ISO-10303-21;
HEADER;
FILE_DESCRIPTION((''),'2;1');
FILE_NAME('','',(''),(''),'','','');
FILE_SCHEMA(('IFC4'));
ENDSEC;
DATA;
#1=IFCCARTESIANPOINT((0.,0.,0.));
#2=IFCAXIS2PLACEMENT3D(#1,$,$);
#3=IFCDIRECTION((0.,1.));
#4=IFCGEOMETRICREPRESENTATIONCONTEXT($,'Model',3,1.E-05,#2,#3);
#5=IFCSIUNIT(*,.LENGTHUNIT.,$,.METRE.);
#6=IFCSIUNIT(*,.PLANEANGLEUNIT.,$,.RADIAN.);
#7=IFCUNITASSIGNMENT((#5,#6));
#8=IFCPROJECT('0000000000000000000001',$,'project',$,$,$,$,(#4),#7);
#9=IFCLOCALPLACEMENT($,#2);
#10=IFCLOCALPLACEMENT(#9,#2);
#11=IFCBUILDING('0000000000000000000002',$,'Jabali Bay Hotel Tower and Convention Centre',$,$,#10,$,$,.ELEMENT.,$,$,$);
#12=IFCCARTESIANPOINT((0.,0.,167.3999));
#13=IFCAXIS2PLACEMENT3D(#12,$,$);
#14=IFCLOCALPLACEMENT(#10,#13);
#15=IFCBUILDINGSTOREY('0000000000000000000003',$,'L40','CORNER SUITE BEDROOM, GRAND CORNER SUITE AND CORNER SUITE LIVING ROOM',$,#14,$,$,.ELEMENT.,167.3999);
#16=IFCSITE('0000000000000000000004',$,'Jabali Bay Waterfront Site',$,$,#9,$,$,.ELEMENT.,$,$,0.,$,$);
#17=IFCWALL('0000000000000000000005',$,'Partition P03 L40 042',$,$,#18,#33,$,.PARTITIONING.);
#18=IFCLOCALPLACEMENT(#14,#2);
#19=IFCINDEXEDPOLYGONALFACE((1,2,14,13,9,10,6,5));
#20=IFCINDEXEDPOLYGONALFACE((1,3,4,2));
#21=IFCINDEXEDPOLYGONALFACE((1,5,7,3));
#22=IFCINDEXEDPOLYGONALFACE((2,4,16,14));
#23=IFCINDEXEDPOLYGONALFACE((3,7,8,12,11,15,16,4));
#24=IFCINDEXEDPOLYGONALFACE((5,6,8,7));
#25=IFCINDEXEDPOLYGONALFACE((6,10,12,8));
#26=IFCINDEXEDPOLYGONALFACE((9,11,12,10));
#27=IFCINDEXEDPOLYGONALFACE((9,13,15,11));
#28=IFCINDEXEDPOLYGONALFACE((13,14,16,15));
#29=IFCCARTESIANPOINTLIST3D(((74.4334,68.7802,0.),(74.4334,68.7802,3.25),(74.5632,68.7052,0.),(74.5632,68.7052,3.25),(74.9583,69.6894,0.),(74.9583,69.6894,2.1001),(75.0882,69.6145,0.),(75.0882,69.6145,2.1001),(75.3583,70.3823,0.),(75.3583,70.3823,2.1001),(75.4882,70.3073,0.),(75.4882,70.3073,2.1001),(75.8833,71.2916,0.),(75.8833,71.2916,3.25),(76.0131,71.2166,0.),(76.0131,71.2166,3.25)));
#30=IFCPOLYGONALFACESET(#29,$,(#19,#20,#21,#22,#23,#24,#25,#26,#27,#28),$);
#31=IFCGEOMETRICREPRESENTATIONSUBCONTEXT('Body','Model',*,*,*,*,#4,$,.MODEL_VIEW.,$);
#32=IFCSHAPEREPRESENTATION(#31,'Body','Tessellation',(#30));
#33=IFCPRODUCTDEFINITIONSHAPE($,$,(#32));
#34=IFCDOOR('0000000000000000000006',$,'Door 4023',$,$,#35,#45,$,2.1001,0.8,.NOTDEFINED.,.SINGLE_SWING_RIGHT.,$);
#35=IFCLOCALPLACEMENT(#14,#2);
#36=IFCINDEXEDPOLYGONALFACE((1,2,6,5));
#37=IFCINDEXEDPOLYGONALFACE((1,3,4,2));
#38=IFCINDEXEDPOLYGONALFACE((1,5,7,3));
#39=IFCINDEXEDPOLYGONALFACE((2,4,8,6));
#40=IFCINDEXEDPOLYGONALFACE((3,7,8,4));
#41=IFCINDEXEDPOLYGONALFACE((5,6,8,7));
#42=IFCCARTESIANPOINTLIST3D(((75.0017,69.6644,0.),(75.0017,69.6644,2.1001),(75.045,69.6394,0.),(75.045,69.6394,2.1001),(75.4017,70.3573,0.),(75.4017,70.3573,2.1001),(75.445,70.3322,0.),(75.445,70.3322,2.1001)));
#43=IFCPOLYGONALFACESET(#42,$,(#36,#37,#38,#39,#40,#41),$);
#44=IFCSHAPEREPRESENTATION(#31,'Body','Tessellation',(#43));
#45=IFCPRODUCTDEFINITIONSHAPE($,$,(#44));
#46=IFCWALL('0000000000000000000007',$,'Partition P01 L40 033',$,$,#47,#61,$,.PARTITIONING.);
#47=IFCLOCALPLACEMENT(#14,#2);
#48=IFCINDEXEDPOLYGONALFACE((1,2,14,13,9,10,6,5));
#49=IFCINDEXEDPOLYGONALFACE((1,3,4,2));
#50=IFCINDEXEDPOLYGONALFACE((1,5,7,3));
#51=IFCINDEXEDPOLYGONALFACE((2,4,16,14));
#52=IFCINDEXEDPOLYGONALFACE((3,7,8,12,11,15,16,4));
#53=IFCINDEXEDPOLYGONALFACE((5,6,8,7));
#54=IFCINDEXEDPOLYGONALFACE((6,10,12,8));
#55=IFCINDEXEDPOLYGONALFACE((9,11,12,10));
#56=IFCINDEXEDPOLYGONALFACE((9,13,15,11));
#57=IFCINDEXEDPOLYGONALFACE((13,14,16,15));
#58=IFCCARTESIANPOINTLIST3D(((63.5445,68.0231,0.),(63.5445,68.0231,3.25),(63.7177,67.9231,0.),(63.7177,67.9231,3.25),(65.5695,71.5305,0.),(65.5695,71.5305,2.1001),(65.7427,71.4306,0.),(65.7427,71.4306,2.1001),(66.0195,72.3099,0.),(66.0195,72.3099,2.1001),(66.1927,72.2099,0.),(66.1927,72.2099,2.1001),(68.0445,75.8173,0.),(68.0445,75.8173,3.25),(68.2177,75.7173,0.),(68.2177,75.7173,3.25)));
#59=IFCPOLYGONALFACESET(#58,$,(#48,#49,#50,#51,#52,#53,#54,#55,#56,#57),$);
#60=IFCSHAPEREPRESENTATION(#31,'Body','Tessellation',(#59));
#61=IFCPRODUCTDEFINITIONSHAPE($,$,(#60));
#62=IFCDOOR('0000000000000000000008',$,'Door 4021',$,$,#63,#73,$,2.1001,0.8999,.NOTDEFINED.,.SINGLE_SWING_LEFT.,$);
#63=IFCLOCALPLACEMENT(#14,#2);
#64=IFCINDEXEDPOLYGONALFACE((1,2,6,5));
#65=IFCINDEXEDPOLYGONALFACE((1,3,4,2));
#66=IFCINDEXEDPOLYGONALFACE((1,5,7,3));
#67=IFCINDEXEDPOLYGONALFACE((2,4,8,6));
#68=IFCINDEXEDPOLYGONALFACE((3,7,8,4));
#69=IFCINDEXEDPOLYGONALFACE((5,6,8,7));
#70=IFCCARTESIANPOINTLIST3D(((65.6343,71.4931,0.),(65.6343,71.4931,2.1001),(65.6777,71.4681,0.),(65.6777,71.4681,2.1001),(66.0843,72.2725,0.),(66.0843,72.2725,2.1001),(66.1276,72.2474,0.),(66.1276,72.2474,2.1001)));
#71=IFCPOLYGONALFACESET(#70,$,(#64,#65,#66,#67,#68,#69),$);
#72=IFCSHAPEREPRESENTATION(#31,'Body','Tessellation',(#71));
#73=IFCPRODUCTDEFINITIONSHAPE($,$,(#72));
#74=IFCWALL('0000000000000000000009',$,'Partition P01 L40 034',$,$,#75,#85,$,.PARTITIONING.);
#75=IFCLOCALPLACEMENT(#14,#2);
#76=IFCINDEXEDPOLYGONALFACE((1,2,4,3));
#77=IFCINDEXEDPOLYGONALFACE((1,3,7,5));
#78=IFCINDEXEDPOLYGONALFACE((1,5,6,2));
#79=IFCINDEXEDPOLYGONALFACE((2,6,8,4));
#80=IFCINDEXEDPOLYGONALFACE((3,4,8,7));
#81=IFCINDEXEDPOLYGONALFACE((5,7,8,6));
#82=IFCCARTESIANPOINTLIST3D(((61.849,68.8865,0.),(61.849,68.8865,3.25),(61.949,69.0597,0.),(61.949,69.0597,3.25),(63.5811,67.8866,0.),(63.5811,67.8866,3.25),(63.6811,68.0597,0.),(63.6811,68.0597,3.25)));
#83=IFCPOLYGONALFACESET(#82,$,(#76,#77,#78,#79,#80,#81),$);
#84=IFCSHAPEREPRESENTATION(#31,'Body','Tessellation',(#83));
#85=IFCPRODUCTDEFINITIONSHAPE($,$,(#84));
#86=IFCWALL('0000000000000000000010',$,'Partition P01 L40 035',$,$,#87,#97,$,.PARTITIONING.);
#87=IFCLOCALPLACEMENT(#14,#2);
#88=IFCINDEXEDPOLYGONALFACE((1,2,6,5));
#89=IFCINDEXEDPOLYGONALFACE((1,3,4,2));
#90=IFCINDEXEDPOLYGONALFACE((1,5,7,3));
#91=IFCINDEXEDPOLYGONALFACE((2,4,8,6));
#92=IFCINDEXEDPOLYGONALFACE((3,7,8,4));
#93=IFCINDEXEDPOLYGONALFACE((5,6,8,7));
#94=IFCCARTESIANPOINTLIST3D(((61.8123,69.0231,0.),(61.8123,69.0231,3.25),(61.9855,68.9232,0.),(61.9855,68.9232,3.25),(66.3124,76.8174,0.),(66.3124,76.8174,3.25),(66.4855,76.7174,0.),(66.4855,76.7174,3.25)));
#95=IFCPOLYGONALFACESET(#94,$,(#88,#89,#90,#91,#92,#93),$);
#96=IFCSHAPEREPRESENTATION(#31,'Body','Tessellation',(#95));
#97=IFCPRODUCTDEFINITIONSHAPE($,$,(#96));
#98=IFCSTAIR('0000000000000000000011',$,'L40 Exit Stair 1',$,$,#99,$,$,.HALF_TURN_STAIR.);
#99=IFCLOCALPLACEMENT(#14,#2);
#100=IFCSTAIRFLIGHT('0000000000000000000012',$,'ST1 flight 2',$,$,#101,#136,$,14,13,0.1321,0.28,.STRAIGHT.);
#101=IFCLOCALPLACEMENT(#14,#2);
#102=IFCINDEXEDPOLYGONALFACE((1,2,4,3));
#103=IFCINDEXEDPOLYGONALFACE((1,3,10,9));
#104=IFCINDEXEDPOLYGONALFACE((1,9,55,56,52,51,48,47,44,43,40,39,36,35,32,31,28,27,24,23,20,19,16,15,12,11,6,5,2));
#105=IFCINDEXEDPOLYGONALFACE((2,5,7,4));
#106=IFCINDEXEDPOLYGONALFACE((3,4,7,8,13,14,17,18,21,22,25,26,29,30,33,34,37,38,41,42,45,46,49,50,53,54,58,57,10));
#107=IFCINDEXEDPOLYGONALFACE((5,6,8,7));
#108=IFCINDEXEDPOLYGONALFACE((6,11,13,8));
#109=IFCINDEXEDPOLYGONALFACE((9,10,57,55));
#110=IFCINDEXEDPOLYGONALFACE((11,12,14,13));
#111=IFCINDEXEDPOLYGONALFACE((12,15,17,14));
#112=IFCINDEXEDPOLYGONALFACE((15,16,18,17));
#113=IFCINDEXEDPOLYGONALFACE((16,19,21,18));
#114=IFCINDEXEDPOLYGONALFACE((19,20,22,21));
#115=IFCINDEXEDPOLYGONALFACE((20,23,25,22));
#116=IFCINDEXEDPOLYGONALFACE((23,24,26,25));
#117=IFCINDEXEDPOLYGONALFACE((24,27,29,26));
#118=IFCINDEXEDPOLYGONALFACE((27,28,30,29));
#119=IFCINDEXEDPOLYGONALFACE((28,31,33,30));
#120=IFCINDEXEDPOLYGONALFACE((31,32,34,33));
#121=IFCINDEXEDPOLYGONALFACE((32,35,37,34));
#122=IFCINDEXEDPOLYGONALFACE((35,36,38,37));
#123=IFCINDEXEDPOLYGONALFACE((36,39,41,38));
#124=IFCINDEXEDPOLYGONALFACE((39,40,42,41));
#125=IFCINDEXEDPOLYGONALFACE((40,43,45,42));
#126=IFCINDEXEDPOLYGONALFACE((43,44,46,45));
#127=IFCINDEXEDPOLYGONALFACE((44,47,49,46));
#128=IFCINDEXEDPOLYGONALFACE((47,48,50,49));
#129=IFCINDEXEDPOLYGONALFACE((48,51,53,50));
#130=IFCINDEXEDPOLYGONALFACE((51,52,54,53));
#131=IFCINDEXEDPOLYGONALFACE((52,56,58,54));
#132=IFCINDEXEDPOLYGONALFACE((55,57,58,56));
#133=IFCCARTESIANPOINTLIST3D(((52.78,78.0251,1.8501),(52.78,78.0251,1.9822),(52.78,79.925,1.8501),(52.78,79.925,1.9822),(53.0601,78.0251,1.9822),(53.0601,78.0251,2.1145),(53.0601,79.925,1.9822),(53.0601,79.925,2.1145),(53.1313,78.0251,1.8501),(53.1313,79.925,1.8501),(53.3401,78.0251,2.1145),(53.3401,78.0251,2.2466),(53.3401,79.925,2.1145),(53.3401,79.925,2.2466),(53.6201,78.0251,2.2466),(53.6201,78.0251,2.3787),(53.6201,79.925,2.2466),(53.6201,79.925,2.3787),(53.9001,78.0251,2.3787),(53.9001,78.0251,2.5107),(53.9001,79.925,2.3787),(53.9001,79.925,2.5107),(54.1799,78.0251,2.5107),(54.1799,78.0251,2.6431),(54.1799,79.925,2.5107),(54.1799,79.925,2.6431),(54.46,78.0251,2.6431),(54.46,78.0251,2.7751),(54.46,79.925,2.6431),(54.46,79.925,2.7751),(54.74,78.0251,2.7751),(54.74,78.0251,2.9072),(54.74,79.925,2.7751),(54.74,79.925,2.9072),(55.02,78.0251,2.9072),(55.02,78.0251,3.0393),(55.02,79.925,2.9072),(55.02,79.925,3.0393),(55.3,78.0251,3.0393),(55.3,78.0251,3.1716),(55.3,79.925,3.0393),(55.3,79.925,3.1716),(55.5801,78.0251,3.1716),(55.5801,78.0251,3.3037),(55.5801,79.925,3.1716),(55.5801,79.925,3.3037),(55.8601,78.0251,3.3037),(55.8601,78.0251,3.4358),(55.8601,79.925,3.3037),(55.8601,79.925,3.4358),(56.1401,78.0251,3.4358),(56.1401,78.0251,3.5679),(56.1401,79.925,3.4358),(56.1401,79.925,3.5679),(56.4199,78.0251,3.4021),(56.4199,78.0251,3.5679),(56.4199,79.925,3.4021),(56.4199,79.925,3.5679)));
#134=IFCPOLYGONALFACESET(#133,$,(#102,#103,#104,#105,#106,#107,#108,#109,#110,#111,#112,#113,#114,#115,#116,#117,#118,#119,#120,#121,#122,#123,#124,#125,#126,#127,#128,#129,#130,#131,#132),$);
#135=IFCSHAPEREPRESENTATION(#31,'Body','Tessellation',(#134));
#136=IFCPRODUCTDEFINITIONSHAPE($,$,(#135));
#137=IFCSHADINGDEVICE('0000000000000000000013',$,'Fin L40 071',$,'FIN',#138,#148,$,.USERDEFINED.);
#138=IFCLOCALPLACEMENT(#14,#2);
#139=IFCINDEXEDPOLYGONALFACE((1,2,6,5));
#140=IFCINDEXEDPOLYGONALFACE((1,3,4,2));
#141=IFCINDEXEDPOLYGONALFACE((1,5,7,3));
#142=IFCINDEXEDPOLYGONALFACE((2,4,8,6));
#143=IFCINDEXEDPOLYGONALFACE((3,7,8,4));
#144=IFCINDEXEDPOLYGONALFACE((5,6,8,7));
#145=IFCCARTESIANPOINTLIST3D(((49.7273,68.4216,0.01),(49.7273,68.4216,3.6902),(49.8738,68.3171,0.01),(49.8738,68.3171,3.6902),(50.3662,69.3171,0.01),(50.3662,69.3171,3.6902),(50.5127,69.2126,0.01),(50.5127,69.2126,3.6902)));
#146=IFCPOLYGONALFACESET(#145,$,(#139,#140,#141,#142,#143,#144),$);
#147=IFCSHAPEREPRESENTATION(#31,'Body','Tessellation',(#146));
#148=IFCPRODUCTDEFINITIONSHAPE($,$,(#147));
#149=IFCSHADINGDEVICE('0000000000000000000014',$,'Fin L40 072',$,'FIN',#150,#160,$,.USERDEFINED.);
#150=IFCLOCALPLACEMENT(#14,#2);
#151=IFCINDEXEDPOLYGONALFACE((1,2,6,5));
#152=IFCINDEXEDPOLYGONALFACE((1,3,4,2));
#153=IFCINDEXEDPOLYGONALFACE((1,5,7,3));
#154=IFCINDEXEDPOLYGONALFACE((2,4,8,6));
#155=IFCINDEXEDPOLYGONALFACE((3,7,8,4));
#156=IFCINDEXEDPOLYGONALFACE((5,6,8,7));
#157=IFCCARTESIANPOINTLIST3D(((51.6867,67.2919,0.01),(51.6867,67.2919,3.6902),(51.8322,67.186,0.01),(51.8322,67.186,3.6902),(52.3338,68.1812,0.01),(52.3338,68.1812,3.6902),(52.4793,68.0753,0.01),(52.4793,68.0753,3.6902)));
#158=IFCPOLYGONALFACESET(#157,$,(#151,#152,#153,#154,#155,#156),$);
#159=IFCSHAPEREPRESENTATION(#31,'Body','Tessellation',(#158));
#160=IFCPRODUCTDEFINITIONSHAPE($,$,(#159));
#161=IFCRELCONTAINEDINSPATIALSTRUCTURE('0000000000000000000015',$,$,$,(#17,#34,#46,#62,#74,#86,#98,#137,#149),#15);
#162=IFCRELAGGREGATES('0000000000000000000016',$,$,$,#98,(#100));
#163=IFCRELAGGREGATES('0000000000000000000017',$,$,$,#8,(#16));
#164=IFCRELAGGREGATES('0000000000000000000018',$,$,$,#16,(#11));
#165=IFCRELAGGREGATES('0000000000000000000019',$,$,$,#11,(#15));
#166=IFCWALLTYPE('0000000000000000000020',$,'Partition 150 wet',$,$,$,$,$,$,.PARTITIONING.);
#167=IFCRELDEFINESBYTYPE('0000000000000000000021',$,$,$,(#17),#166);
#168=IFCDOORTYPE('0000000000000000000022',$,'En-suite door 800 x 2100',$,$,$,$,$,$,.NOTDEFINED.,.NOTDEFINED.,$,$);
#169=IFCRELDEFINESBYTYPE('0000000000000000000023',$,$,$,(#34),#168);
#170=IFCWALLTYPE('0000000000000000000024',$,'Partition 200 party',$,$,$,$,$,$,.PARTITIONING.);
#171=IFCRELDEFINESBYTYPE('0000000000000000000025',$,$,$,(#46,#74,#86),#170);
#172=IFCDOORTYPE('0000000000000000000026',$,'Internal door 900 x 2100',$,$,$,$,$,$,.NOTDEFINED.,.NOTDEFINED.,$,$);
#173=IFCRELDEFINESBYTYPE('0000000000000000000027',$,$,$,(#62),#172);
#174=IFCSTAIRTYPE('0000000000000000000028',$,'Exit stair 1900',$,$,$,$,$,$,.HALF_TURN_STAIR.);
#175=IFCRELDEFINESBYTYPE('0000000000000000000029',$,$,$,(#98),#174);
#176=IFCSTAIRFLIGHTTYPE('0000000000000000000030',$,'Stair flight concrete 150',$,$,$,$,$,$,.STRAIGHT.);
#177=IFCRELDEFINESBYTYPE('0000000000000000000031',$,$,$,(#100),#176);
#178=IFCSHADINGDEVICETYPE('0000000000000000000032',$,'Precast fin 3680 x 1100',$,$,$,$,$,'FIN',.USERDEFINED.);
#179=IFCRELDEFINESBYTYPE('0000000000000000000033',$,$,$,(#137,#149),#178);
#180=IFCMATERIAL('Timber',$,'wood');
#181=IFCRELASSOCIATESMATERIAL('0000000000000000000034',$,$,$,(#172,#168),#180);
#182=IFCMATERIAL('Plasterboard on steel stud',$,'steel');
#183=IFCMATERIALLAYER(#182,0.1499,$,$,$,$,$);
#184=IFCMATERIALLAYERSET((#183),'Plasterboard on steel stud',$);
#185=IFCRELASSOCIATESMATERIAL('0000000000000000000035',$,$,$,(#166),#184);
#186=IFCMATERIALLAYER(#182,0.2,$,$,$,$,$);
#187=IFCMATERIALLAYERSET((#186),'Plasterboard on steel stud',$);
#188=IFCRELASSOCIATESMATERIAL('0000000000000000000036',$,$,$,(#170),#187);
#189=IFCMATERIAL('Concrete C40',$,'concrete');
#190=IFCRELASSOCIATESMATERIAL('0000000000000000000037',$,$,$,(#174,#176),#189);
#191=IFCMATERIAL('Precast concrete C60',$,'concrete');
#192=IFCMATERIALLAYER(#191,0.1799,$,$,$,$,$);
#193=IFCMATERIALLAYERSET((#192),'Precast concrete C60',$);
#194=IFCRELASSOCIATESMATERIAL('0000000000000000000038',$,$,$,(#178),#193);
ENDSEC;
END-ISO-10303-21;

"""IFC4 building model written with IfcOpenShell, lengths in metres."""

from ifc_helpers import new_model, si_unit, direction, frame, frame_2d, origin, place, context, subcontext, project, spatial, polyline, rectangle, outline, extrude, material, layer, layer_set, type_object, element, fill, aggregate, save


model = new_model("IFC4")

# Units and contexts
model_context = context("Model", 3, precision=1e-05, world=origin(), true_north=direction((0.0, 1.0)))
body_context = subcontext(model_context, "Body", "Model", "MODEL_VIEW")
ifc_project = project(units=[si_unit("LENGTHUNIT", "METRE"), si_unit("PLANEANGLEUNIT", "RADIAN")], contexts=[model_context])

# Site, building, storey
site_placement = place(None, origin())
site = spatial("IfcSite", under=ifc_project, at=site_placement, Name="Jabali Bay Waterfront Site", CompositionType="ELEMENT", RefElevation=0.0)
building_placement = place(site_placement, origin())
building = spatial("IfcBuilding", under=site, at=building_placement, Name="Jabali Bay Hotel Tower and Convention Centre", CompositionType="ELEMENT")
storey_placement = place(building_placement, frame((0.0, 0.0, 167.3999)))
storey = spatial("IfcBuildingStorey", under=building, at=storey_placement, Name="L40", Description="CORNER SUITE BEDROOM, GRAND CORNER SUITE AND CORNER SUITE LIVING ROOM", CompositionType="ELEMENT", Elevation=167.3999)

# Shared definitions
ifc_material_1 = material(Name="Concrete C40", Category="concrete")

# Shared definitions
ifc_material_2 = material(Name="Timber", Category="wood")

# Walls, openings, doors
ifc_material_3 = material(Name="Plasterboard on steel stud", Category="steel")
door_type_1 = type_object("IfcDoorType", Name="Internal door 900 x 2100", OperationType="NOTDEFINED", PredefinedType="NOTDEFINED", material=ifc_material_2)
ifc_layer_1 = layer(ifc_material_3, 0.1499)
ifc_layer_set_1 = layer_set([ifc_layer_1], Name="Plasterboard on steel stud")
wall_type_1 = type_object("IfcWallType", Name="Partition 150 wet", PredefinedType="PARTITIONING", material=ifc_layer_set_1)
wall_1_placement = place(storey_placement, frame((74.4983, 68.7427, 0.0), z_axis=(0.0, 0.0, 1.0), x_axis=(0.499987, 0.866033, 0.0)))
wall_1 = element("IfcWall", 1, at=wall_1_placement, inside=storey, type_object=wall_type_1, Name="Partition P03 L40 042", PredefinedType="PARTITIONING", context=body_context, shape_type="SweptSolid", body=[
    extrude(rectangle(XDim=2.8999, YDim=0.1499, at=frame_2d((1.45, 0.0))), origin(), (0.0, 0.0, 1.0), 3.25),
])
opening_1_placement = place(wall_1_placement, frame((1.05, 0.0, 0.0)))
opening_1 = element("IfcOpeningElement", 2, at=opening_1_placement, cuts=wall_1, PredefinedType="OPENING", context=body_context, shape_type="SweptSolid", body=[
    extrude(rectangle(XDim=0.8, YDim=2.1001, at=frame_2d((0.3999, 1.05))), frame((0.0, 0.0854, 0.0), z_axis=(0.0, -1.0, 0.0), x_axis=(1.0, 0.0, 0.0)), (0.0, 0.0, 1.0), 0.1709),
])
door_type_2 = type_object("IfcDoorType", Name="En-suite door 800 x 2100", OperationType="NOTDEFINED", PredefinedType="NOTDEFINED", material=ifc_material_2)
door_1_placement = place(opening_1_placement, origin())
door_1 = element("IfcDoor", 3, at=door_1_placement, inside=storey, type_object=door_type_2, Name="Door 4023", OperationType="SINGLE_SWING_RIGHT", OverallHeight=2.1001, OverallWidth=0.8, PredefinedType="NOTDEFINED", context=body_context, shape_type="SweptSolid", body=[
    extrude(rectangle(XDim=0.8, YDim=2.1001, at=frame_2d((0.3999, 1.05))), frame((0.0, 0.0249, 0.0), z_axis=(0.0, -1.0, 0.0), x_axis=(1.0, 0.0, 0.0)), (0.0, 0.0, 1.0), 0.05),
])
fill(opening_1, door_1)
ifc_layer_2 = layer(ifc_material_3, 0.2)
ifc_layer_set_2 = layer_set([ifc_layer_2], Name="Plasterboard on steel stud")
wall_type_2 = type_object("IfcWallType", Name="Partition 200 party", PredefinedType="PARTITIONING", material=ifc_layer_set_2)
wall_2_placement = place(storey_placement, frame((68.1311, 75.7673, 0.0), z_axis=(0.0, 0.0, 1.0), x_axis=(-0.500002, -0.866024, 0.0)))
wall_2 = element("IfcWall", 4, at=wall_2_placement, inside=storey, type_object=wall_type_2, Name="Partition P01 L40 033", PredefinedType="PARTITIONING", context=body_context, shape_type="SweptSolid", body=[
    extrude(rectangle(XDim=9.0, YDim=0.2, at=frame_2d((4.5, 0.0))), origin(), (0.0, 0.0, 1.0), 3.25),
])
opening_2_placement = place(wall_2_placement, frame((4.05, 0.0, 0.0)))
opening_2 = element("IfcOpeningElement", 5, at=opening_2_placement, cuts=wall_2, PredefinedType="OPENING", context=body_context, shape_type="SweptSolid", body=[
    extrude(rectangle(XDim=0.8999, YDim=2.1001, at=frame_2d((0.45, 1.05))), frame((0.0, 0.1104, 0.0), z_axis=(0.0, -1.0, 0.0), x_axis=(1.0, 0.0, 0.0)), (0.0, 0.0, 1.0), 0.2209),
])
door_2_placement = place(opening_2_placement, origin())
door_2 = element("IfcDoor", 6, at=door_2_placement, inside=storey, type_object=door_type_1, Name="Door 4021", OperationType="SINGLE_SWING_LEFT", OverallHeight=2.1001, OverallWidth=0.8999, PredefinedType="NOTDEFINED", context=body_context, shape_type="SweptSolid", body=[
    extrude(rectangle(XDim=0.8999, YDim=2.1001, at=frame_2d((0.45, 1.05))), frame((0.0, 0.0249, 0.0), z_axis=(0.0, -1.0, 0.0), x_axis=(1.0, 0.0, 0.0)), (0.0, 0.0, 1.0), 0.05),
])
fill(opening_2, door_2)

# Walls
wall_3_placement = place(storey_placement, frame((63.6311, 67.9731, 0.0), z_axis=(0.0, 0.0, 1.0), x_axis=(-0.866041, 0.499973, 0.0)))
element("IfcWall", 7, at=wall_3_placement, inside=storey, type_object=wall_type_2, Name="Partition P01 L40 034", PredefinedType="PARTITIONING", context=body_context, shape_type="SweptSolid", body=[
    extrude(rectangle(XDim=2.0, YDim=0.2, at=frame_2d((1.0, 0.0))), origin(), (0.0, 0.0, 1.0), 3.25),
])
wall_4_placement = place(storey_placement, frame((61.8989, 68.9731, 0.0), z_axis=(0.0, 0.0, 1.0), x_axis=(0.500002, 0.866024, 0.0)))
element("IfcWall", 8, at=wall_4_placement, inside=storey, type_object=wall_type_2, Name="Partition P01 L40 035", PredefinedType="PARTITIONING", context=body_context, shape_type="SweptSolid", body=[
    extrude(rectangle(XDim=9.0, YDim=0.2, at=frame_2d((4.5, 0.0))), origin(), (0.0, 0.0, 1.0), 3.25),
])

# Stair, stair flight
stair_type = type_object("IfcStairType", Name="Exit stair 1900", PredefinedType="HALF_TURN_STAIR", material=ifc_material_1)
stair_placement = place(storey_placement, origin())
stair = element("IfcStair", 9, at=stair_placement, inside=storey, type_object=stair_type, Name="L40 Exit Stair 1", PredefinedType="HALF_TURN_STAIR")
stair_flight_type = type_object("IfcStairFlightType", Name="Stair flight concrete 150", PredefinedType="STRAIGHT", material=ifc_material_1)
stair_flight_placement = place(storey_placement, frame((52.78, 78.9751, 1.8501), z_axis=(0.0, 0.0, 1.0), x_axis=(1.0, 0.0, 0.0)))
stair_flight = element("IfcStairFlight", 10, at=stair_flight_placement, type_object=stair_flight_type, Name="ST1 flight 2", NumberOfRisers=14, NumberOfTreads=13, PredefinedType="STRAIGHT", RiserHeight=0.1321, TreadLength=0.28, context=body_context, shape_type="SweptSolid", body=[
    extrude(outline(polyline([(0.0, 0.0), (0.0, 0.1321), (0.28, 0.1321), (0.28, 0.2644), (0.5601, 0.2644), (0.5601, 0.3965), (0.8401, 0.3965), (0.8401, 0.5286), (1.1201, 0.5286), (1.1201, 0.6606), (1.3999, 0.6606), (1.3999, 0.793), (1.6799, 0.793), (1.6799, 0.925), (1.96, 0.925), (1.96, 1.0571), (2.24, 1.0571), (2.24, 1.1892), (2.52, 1.1892), (2.52, 1.3215), (2.8, 1.3215), (2.8, 1.4536), (3.0801, 1.4536), (3.0801, 1.5857), (3.3601, 1.5857), (3.3601, 1.7178), (3.6399, 1.7178), (3.6399, 1.8501), (3.6399, 1.552), (0.3513, 0.0), (0.0, 0.0)])), frame((0.0, 0.95, 0.0), z_axis=(0.0, -1.0, 0.0), x_axis=(1.0, 0.0, 0.0)), (0.0, 0.0, 1.0), 1.8999),
])
aggregate(stair, [stair_flight])

# Shading devices
ifc_material_4 = material(Name="Precast concrete C60", Category="concrete")
ifc_layer_3 = layer(ifc_material_4, 0.1799)
ifc_layer_set_3 = layer_set([ifc_layer_3], Name="Precast concrete C60")
shading_device_type = type_object("IfcShadingDeviceType", Name="Precast fin 3680 x 1100", ElementType="FIN", PredefinedType="USERDEFINED", material=ifc_layer_set_3)
shading_device_1_placement = place(storey_placement, frame((50.4395, 69.2649, 0.01), z_axis=(0.0, 0.0, 1.0), x_axis=(-0.580797, -0.814048, 0.0)))
element("IfcShadingDevice", 11, at=shading_device_1_placement, inside=storey, type_object=shading_device_type, Name="Fin L40 071", ObjectType="FIN", PredefinedType="USERDEFINED", context=body_context, shape_type="SweptSolid", body=[
    extrude(rectangle(XDim=1.1001, YDim=0.1799, at=frame_2d((0.55, 0.0))), origin(), (0.0, 0.0, 1.0), 3.6802),
])
shading_device_2_placement = place(storey_placement, frame((52.4065, 68.1282, 0.01), z_axis=(0.0, 0.0, 1.0), x_axis=(-0.588396, -0.808573, 0.0)))
element("IfcShadingDevice", 12, at=shading_device_2_placement, inside=storey, type_object=shading_device_type, Name="Fin L40 072", ObjectType="FIN", PredefinedType="USERDEFINED", context=body_context, shape_type="SweptSolid", body=[
    extrude(rectangle(XDim=1.0999, YDim=0.1799, at=frame_2d((0.5498, 0.0))), origin(), (0.0, 0.0, 1.0), 3.6802),
])

save(model, "model.ifc")
